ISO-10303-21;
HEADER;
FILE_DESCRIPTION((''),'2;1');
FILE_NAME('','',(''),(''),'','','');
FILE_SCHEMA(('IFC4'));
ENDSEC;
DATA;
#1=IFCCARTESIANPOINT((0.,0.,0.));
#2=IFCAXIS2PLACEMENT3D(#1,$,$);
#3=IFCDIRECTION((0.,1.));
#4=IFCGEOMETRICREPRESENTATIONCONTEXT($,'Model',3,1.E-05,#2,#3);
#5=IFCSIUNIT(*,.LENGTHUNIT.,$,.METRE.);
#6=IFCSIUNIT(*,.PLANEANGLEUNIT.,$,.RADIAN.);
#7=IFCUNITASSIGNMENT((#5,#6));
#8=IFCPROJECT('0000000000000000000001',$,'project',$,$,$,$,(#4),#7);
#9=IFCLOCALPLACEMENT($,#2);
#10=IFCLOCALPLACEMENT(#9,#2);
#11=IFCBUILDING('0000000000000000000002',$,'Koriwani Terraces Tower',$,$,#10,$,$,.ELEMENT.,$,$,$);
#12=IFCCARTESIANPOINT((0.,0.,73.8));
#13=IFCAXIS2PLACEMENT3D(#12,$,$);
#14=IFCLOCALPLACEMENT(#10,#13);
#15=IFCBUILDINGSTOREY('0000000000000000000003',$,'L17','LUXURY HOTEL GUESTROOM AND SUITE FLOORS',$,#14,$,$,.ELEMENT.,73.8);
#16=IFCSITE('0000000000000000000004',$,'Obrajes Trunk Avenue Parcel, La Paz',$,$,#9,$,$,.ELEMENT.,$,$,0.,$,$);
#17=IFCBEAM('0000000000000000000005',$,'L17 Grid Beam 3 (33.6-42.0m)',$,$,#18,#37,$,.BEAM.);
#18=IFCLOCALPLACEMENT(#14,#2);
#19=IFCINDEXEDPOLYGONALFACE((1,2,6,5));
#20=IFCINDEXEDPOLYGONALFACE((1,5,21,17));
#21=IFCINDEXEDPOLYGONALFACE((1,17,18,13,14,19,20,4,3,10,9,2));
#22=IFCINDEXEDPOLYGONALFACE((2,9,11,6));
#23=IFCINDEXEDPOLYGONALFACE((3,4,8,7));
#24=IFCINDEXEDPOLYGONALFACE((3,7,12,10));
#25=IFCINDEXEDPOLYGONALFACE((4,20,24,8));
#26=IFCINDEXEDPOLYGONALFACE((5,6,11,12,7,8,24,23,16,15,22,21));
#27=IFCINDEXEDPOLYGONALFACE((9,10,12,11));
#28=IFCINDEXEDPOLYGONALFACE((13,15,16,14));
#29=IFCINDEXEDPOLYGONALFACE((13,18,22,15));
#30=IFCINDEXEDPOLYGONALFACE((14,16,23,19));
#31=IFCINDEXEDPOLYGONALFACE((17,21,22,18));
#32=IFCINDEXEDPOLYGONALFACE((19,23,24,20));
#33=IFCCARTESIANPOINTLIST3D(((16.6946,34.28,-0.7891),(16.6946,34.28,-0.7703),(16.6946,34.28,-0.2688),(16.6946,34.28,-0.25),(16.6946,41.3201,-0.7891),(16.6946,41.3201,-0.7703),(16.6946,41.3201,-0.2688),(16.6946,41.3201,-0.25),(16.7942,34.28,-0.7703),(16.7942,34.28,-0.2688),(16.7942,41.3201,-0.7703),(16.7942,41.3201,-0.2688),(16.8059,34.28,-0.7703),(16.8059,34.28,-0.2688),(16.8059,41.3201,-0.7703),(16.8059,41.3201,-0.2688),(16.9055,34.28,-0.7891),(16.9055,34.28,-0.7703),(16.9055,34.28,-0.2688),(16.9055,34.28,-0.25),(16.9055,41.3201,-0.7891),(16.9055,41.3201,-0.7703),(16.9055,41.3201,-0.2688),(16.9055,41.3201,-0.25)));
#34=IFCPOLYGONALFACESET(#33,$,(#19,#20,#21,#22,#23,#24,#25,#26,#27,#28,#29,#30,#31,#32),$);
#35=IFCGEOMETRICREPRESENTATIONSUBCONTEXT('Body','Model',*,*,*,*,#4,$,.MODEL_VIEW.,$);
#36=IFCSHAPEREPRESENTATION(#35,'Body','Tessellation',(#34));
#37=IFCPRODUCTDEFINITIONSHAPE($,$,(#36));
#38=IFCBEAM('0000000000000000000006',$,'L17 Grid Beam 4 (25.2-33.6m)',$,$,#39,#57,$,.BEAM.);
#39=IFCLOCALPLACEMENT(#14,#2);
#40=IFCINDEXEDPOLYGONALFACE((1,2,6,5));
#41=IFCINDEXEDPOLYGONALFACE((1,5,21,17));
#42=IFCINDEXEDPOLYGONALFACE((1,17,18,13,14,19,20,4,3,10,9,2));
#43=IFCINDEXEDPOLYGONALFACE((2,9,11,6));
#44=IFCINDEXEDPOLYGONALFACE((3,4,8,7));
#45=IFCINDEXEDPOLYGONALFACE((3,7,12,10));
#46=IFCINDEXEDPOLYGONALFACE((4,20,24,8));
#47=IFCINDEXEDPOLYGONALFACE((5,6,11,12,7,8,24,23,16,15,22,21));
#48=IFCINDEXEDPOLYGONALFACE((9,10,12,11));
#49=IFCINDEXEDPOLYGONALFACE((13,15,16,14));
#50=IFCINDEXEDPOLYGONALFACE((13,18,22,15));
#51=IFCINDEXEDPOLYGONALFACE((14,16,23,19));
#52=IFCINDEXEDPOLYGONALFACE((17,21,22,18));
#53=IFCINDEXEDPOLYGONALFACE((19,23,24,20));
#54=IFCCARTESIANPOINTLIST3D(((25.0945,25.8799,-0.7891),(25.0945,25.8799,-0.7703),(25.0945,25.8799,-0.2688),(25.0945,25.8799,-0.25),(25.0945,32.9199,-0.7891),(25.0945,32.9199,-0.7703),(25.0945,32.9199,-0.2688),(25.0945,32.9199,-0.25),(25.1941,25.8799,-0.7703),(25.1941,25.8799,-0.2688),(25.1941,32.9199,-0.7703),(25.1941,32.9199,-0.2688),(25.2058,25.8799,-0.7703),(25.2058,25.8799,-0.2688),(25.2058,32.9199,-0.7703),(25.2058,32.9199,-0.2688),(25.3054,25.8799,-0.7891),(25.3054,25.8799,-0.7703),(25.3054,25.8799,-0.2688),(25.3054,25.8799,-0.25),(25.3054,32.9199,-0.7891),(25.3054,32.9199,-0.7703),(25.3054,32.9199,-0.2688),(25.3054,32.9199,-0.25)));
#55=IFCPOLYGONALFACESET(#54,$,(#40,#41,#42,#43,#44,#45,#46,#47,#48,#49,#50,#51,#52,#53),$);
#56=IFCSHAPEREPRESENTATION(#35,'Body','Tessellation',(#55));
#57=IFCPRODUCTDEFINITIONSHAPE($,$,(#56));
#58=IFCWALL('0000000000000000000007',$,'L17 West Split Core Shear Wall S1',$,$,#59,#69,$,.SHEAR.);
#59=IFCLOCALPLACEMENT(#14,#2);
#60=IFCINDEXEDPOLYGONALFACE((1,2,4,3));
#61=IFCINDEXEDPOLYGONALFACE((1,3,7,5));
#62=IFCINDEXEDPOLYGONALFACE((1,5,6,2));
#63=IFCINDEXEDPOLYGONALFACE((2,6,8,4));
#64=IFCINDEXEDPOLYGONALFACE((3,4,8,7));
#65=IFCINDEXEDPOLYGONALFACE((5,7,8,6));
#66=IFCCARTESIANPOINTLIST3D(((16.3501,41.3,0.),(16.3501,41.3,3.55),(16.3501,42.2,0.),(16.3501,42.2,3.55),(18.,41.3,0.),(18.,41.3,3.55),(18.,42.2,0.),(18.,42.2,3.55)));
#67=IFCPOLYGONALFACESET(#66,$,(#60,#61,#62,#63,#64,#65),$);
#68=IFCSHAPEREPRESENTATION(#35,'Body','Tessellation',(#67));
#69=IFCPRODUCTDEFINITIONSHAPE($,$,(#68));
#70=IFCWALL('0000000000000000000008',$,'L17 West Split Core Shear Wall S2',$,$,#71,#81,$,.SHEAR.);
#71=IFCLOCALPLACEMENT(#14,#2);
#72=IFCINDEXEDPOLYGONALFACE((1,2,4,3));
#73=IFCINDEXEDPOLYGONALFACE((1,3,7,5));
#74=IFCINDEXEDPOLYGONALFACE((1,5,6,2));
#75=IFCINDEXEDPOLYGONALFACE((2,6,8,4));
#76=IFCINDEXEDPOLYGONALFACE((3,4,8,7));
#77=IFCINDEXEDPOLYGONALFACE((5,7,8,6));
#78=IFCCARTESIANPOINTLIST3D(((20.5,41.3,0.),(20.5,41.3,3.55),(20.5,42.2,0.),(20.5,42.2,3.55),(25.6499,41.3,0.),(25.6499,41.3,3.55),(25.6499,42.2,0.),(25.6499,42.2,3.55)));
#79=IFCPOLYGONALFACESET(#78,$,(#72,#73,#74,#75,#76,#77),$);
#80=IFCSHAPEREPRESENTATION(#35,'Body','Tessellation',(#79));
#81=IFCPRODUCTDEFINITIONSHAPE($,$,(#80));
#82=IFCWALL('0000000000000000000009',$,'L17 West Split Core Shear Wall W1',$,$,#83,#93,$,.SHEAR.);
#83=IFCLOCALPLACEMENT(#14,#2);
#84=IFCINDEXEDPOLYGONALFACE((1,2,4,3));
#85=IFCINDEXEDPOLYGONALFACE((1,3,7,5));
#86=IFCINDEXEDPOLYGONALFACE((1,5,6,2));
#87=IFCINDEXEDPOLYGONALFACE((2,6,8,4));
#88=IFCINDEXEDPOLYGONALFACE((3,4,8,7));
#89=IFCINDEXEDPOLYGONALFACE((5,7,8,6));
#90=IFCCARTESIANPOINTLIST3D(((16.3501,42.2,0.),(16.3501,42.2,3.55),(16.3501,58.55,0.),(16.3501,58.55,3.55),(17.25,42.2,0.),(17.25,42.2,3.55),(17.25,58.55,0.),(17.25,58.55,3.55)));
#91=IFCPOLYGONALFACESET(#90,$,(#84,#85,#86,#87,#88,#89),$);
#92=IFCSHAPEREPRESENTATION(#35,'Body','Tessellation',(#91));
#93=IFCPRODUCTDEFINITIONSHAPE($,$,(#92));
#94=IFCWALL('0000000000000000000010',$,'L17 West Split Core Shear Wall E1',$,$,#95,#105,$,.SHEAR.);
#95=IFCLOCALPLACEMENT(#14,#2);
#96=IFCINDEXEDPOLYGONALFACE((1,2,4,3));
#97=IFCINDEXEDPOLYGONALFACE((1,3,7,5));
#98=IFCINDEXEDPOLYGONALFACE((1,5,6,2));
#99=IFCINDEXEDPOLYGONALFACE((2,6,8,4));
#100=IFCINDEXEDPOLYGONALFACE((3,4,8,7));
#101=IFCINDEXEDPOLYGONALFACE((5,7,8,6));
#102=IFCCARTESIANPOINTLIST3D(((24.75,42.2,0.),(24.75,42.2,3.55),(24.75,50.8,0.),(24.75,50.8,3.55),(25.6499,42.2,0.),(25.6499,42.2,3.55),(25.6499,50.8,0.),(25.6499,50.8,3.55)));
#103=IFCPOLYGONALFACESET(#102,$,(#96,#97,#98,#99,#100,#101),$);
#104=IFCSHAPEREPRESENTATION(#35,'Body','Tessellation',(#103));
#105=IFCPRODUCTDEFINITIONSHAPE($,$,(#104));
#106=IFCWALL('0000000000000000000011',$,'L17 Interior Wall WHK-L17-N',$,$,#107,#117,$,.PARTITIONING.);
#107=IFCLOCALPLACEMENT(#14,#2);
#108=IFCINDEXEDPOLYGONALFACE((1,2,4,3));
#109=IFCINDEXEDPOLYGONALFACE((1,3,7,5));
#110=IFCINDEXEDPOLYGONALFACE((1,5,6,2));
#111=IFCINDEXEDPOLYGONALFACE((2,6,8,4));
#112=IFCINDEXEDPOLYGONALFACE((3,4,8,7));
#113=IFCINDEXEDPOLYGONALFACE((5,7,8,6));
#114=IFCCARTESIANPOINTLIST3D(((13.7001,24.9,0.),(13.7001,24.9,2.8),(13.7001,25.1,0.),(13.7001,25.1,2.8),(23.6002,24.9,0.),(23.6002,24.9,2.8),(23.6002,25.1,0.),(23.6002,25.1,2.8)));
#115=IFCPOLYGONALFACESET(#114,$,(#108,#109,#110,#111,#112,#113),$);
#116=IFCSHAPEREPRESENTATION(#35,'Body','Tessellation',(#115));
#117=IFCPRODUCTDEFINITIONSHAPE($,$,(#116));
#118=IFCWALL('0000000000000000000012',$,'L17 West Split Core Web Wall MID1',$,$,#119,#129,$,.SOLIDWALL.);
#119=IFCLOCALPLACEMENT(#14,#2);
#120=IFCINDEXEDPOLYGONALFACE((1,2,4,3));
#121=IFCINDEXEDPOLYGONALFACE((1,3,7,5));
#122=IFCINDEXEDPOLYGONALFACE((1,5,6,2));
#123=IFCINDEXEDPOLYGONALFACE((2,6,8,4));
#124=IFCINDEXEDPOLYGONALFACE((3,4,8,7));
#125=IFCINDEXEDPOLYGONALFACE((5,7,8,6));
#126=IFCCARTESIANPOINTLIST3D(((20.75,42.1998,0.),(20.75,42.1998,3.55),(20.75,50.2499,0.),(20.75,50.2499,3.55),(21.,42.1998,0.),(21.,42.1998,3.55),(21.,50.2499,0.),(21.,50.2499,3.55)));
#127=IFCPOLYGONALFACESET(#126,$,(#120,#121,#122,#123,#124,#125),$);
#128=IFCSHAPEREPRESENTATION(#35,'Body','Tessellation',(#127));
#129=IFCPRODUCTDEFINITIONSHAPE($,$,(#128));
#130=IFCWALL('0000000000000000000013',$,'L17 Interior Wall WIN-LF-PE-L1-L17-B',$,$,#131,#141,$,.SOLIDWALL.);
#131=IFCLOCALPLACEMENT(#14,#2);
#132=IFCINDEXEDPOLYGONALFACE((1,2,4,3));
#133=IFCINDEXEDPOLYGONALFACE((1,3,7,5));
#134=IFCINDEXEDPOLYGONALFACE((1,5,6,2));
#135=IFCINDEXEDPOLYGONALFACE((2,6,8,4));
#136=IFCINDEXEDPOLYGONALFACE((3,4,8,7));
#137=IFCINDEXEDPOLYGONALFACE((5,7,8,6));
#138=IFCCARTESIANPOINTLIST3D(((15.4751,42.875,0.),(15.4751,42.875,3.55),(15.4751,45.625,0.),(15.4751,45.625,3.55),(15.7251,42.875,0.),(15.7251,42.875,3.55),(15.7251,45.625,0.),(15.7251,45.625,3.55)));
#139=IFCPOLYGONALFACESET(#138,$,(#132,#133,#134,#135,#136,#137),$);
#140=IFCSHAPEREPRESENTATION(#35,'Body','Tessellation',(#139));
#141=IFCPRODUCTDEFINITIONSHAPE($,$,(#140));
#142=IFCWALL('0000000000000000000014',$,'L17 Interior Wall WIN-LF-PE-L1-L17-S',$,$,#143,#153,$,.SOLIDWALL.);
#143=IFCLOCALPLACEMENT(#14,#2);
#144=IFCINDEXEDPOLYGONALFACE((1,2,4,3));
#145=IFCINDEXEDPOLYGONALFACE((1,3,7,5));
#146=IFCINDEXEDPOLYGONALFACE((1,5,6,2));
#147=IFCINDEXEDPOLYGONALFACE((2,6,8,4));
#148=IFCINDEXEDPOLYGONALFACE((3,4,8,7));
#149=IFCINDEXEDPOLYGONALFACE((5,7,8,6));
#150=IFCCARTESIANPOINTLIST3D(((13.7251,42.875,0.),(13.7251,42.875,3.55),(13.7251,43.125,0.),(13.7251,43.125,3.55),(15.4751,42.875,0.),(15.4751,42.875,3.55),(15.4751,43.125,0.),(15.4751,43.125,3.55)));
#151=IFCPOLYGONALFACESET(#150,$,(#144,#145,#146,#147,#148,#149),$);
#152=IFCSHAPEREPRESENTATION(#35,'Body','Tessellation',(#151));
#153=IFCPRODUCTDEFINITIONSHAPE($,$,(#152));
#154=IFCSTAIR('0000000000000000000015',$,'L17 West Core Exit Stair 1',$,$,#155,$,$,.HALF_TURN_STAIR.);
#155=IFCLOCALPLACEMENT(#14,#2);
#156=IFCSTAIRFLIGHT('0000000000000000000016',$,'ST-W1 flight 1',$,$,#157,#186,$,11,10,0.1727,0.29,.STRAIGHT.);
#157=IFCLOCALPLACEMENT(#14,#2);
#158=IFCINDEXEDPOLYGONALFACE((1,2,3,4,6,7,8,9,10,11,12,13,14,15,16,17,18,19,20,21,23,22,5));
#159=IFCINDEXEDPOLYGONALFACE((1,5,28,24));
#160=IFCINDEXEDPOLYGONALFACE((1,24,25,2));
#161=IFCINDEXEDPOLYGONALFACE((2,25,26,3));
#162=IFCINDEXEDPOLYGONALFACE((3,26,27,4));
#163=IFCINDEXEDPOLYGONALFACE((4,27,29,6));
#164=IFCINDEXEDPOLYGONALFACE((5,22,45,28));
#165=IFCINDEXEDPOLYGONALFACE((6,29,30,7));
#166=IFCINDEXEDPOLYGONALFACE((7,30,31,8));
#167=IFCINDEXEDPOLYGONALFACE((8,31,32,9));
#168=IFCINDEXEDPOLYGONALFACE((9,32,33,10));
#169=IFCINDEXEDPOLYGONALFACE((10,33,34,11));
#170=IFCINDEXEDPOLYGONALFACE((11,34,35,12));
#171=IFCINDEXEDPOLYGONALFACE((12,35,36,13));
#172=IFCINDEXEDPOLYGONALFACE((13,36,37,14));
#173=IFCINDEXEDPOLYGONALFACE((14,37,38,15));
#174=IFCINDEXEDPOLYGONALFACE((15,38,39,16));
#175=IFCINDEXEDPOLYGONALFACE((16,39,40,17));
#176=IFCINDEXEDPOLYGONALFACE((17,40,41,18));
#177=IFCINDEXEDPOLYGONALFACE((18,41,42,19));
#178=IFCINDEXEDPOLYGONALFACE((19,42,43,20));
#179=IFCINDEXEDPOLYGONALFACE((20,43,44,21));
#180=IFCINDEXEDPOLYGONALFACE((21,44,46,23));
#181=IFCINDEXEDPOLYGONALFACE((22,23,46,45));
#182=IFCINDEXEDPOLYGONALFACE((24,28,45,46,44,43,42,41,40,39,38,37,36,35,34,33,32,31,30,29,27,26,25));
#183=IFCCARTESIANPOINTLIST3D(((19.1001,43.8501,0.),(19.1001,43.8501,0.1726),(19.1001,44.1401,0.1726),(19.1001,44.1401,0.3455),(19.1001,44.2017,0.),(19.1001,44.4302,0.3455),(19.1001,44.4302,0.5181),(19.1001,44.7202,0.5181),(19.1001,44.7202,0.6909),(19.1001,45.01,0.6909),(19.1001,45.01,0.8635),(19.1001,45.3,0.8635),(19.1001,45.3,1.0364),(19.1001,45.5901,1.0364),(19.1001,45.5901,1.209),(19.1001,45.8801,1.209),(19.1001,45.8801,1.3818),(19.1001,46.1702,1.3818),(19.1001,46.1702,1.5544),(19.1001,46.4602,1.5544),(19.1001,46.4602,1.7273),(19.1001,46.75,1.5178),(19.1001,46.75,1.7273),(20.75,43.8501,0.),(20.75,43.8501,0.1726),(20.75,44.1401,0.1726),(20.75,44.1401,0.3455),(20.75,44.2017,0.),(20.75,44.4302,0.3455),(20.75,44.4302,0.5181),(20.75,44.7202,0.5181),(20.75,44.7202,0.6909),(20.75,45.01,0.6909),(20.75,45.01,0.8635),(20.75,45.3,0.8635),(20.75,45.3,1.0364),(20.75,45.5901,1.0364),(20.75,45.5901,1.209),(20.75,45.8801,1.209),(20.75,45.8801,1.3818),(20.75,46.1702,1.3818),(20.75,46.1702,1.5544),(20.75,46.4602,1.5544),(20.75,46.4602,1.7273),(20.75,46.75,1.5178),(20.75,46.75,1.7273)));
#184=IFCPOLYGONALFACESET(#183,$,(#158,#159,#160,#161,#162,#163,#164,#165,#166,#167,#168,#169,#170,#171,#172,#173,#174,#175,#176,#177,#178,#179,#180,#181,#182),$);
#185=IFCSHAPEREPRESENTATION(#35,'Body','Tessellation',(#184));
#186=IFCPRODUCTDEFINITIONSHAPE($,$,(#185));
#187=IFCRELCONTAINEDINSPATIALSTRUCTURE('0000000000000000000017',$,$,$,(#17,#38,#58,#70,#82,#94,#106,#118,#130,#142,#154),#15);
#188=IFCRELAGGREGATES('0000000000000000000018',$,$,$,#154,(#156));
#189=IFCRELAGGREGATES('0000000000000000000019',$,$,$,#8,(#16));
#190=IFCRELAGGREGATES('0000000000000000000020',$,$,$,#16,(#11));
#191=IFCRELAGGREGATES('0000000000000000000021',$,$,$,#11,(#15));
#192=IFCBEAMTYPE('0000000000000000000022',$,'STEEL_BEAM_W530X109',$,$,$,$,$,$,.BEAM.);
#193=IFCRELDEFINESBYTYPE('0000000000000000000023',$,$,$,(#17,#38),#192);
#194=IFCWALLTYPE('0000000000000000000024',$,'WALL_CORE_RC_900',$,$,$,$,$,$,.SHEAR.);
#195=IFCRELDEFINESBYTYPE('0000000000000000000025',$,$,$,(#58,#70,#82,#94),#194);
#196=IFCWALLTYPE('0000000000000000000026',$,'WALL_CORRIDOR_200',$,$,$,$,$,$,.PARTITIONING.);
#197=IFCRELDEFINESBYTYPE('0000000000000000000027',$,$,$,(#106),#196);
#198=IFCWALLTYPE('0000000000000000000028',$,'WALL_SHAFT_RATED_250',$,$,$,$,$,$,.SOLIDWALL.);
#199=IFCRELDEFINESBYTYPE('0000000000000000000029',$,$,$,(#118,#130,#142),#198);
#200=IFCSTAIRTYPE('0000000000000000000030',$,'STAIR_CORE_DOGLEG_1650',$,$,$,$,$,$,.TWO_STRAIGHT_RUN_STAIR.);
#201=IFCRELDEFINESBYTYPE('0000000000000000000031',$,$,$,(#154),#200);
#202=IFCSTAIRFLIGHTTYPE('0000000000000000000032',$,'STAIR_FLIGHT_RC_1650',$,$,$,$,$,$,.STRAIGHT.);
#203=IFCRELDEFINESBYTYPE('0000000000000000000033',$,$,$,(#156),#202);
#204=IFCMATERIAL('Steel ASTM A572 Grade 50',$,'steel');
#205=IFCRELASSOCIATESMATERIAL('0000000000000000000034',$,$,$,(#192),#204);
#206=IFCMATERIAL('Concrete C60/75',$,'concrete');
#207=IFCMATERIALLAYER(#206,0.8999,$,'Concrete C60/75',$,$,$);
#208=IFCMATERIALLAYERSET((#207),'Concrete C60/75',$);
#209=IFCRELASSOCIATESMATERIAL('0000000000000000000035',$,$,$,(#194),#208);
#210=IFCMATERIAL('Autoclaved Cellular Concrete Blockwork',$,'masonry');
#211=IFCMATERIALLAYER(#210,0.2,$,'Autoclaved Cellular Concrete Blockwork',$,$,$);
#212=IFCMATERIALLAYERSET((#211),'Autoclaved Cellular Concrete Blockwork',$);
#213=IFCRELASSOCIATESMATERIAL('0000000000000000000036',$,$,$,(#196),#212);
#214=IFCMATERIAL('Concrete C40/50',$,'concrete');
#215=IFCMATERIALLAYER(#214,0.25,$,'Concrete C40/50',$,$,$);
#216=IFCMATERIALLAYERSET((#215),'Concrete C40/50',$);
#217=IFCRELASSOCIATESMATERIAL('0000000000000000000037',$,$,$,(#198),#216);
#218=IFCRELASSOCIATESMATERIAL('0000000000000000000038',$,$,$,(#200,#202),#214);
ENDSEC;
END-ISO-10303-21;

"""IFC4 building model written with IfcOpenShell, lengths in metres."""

from ifc_helpers import new_model, si_unit, direction, frame, frame_2d, origin, origin_2d, place, context, subcontext, project, spatial, polyline, rectangle, i_section, outline, extrude, material, layer, layer_set, material_profile, profile_set, type_object, element, aggregate, save


model = new_model("IFC4")

# Units and contexts
model_context = context("Model", 3, precision=1e-05, world=origin(), true_north=direction((0.0, 1.0)))
body_context = subcontext(model_context, "Body", "Model", "MODEL_VIEW")
ifc_project = project(units=[si_unit("LENGTHUNIT", "METRE"), si_unit("PLANEANGLEUNIT", "RADIAN")], contexts=[model_context])

# Site, building, storey
site_placement = place(None, origin())
site = spatial("IfcSite", under=ifc_project, at=site_placement, Name="Obrajes Trunk Avenue Parcel, La Paz", CompositionType="ELEMENT", RefElevation=0.0)
building_placement = place(site_placement, origin())
building = spatial("IfcBuilding", under=site, at=building_placement, Name="Koriwani Terraces Tower", CompositionType="ELEMENT")
storey_placement = place(building_placement, frame((0.0, 0.0, 73.8)))
storey = spatial("IfcBuildingStorey", under=building, at=storey_placement, Name="L17", Description="LUXURY HOTEL GUESTROOM AND SUITE FLOORS", CompositionType="ELEMENT", Elevation=73.8)

# Shared definitions
ifc_material_1 = material(Name="Concrete C60/75", Category="concrete")

# Beams
ifc_material_2 = material(Name="Concrete C40/50", Category="concrete")
ifc_material_3 = material(Name="Steel ASTM A572 Grade 50", Category="steel")
ifc_material_profile_1 = material_profile(ifc_material_3, i_section(OverallWidth=0.2109, OverallDepth=0.5391, WebThickness=0.0117, FlangeThickness=0.0188, at=origin_2d()), Name="Steel ASTM A572 Grade 50", Category="LoadBearing")
ifc_profile_set_1 = profile_set([ifc_material_profile_1], Name="Steel ASTM A572 Grade 50")
beam_type_1 = type_object("IfcBeamType", Name="STEEL_BEAM_W530X109", PredefinedType="BEAM", material=ifc_profile_set_1)
for number, where, z_axis, x_axis, name in (
    (1, (16.8, 34.28, -0.5195), (0.0, 1.0, 0.0), (-1.0, 0.0, 0.0), "L17 Grid Beam 3 (33.6-42.0m)"),
    (2, (25.2, 25.8799, -0.5195), (0.0, 1.0, 0.0), (-1.0, 0.0, 0.0), "L17 Grid Beam 4 (25.2-33.6m)"),
):
    element("IfcBeam", number, at=place(storey_placement, frame(where, z_axis=z_axis, x_axis=x_axis)), inside=storey, type_object=beam_type_1, Name=name, PredefinedType="BEAM", context=body_context, shape_type="SweptSolid", body=[
        extrude(i_section(OverallWidth=0.2109, OverallDepth=0.5391, WebThickness=0.0117, FlangeThickness=0.0188, at=origin_2d()), origin(), (0.0, 0.0, 1.0), 7.04),
    ])

# Walls
ifc_layer_1 = layer(ifc_material_1, 0.8999, Name="Concrete C60/75")
ifc_layer_set_1 = layer_set([ifc_layer_1], Name="Concrete C60/75")
wall_type_1 = type_object("IfcWallType", Name="WALL_CORE_RC_900", PredefinedType="SHEAR", material=ifc_layer_set_1)
wall_1_placement = place(storey_placement, frame((16.3501, 41.75, 0.0), z_axis=(0.0, 0.0, 1.0), x_axis=(1.0, 0.0, 0.0)))
element("IfcWall", 3, at=wall_1_placement, inside=storey, type_object=wall_type_1, Name="L17 West Split Core Shear Wall S1", PredefinedType="SHEAR", context=body_context, shape_type="SweptSolid", body=[
    extrude(rectangle(XDim=1.6499, YDim=0.8999, at=frame_2d((0.825, 0.0))), origin(), (0.0, 0.0, 1.0), 3.55),
])
wall_2_placement = place(storey_placement, frame((20.5, 41.75, 0.0), z_axis=(0.0, 0.0, 1.0), x_axis=(1.0, 0.0, 0.0)))
element("IfcWall", 4, at=wall_2_placement, inside=storey, type_object=wall_type_1, Name="L17 West Split Core Shear Wall S2", PredefinedType="SHEAR", context=body_context, shape_type="SweptSolid", body=[
    extrude(rectangle(XDim=5.1499, YDim=0.8999, at=frame_2d((2.575, 0.0))), origin(), (0.0, 0.0, 1.0), 3.55),
])
wall_3_placement = place(storey_placement, frame((16.8, 42.2, 0.0), z_axis=(0.0, 0.0, 1.0), x_axis=(0.0, 1.0, 0.0)))
element("IfcWall", 5, at=wall_3_placement, inside=storey, type_object=wall_type_1, Name="L17 West Split Core Shear Wall W1", PredefinedType="SHEAR", context=body_context, shape_type="SweptSolid", body=[
    extrude(rectangle(XDim=16.3501, YDim=0.8999, at=frame_2d((8.175, 0.0))), origin(), (0.0, 0.0, 1.0), 3.55),
])
wall_4_placement = place(storey_placement, frame((25.2, 42.2, 0.0), z_axis=(0.0, 0.0, 1.0), x_axis=(0.0, 1.0, 0.0)))
element("IfcWall", 6, at=wall_4_placement, inside=storey, type_object=wall_type_1, Name="L17 West Split Core Shear Wall E1", PredefinedType="SHEAR", context=body_context, shape_type="SweptSolid", body=[
    extrude(rectangle(XDim=8.6001, YDim=0.8999, at=frame_2d((4.3, 0.0))), origin(), (0.0, 0.0, 1.0), 3.55),
])
ifc_material_4 = material(Name="Autoclaved Cellular Concrete Blockwork", Category="masonry")
ifc_layer_2 = layer(ifc_material_4, 0.2, Name="Autoclaved Cellular Concrete Blockwork")
ifc_layer_set_2 = layer_set([ifc_layer_2], Name="Autoclaved Cellular Concrete Blockwork")
wall_type_2 = type_object("IfcWallType", Name="WALL_CORRIDOR_200", PredefinedType="PARTITIONING", material=ifc_layer_set_2)
wall_5_placement = place(storey_placement, frame((13.7, 25.0, 0.0), z_axis=(0.0, 0.0, 1.0), x_axis=(1.0, 0.0, 0.0)))
element("IfcWall", 7, at=wall_5_placement, inside=storey, type_object=wall_type_2, Name="L17 Interior Wall WHK-L17-N", PredefinedType="PARTITIONING", context=body_context, shape_type="SweptSolid", body=[
    extrude(rectangle(XDim=9.9001, YDim=0.2, at=frame_2d((4.9502, 0.0))), origin(), (0.0, 0.0, 1.0), 2.8),
])
ifc_layer_3 = layer(ifc_material_2, 0.25, Name="Concrete C40/50")
ifc_layer_set_3 = layer_set([ifc_layer_3], Name="Concrete C40/50")
wall_type_3 = type_object("IfcWallType", Name="WALL_SHAFT_RATED_250", PredefinedType="SOLIDWALL", material=ifc_layer_set_3)
wall_6_placement = place(storey_placement, frame((20.875, 42.2, 0.0), z_axis=(0.0, 0.0, 1.0), x_axis=(0.0, 1.0, 0.0)))
element("IfcWall", 8, at=wall_6_placement, inside=storey, type_object=wall_type_3, Name="L17 West Split Core Web Wall MID1", PredefinedType="SOLIDWALL", context=body_context, shape_type="SweptSolid", body=[
    extrude(rectangle(XDim=8.05, YDim=0.25, at=frame_2d((4.0249, 0.0))), origin(), (0.0, 0.0, 1.0), 3.55),
])

# Walls
wall_7_placement = place(storey_placement, frame((15.6001, 42.875, 0.0), z_axis=(0.0, 0.0, 1.0), x_axis=(0.0, 1.0, 0.0)))
element("IfcWall", 9, at=wall_7_placement, inside=storey, type_object=wall_type_3, Name="L17 Interior Wall WIN-LF-PE-L1-L17-B", PredefinedType="SOLIDWALL", context=body_context, shape_type="SweptSolid", body=[
    extrude(rectangle(XDim=2.75, YDim=0.25, at=frame_2d((1.375, 0.0))), origin(), (0.0, 0.0, 1.0), 3.55),
])
wall_8_placement = place(storey_placement, frame((13.7251, 43.0, 0.0), z_axis=(0.0, 0.0, 1.0), x_axis=(1.0, 0.0, 0.0)))
element("IfcWall", 10, at=wall_8_placement, inside=storey, type_object=wall_type_3, Name="L17 Interior Wall WIN-LF-PE-L1-L17-S", PredefinedType="SOLIDWALL", context=body_context, shape_type="SweptSolid", body=[
    extrude(rectangle(XDim=1.75, YDim=0.25, at=frame_2d((0.875, 0.0))), origin(), (0.0, 0.0, 1.0), 3.55),
])

# Stair, stair flight
stair_type = type_object("IfcStairType", Name="STAIR_CORE_DOGLEG_1650", PredefinedType="TWO_STRAIGHT_RUN_STAIR", material=ifc_material_2)
stair_placement = place(storey_placement, origin())
stair = element("IfcStair", 11, at=stair_placement, inside=storey, type_object=stair_type, Name="L17 West Core Exit Stair 1", PredefinedType="HALF_TURN_STAIR")
stair_flight_type = type_object("IfcStairFlightType", Name="STAIR_FLIGHT_RC_1650", PredefinedType="STRAIGHT", material=ifc_material_2)
stair_flight_placement = place(storey_placement, frame((19.925, 43.8501, 0.0), z_axis=(0.0, 0.0, 1.0), x_axis=(0.0, 1.0, 0.0)))
stair_flight = element("IfcStairFlight", 12, at=stair_flight_placement, type_object=stair_flight_type, Name="ST-W1 flight 1", NumberOfRisers=11, NumberOfTreads=10, PredefinedType="STRAIGHT", RiserHeight=0.1727, TreadLength=0.29, context=body_context, shape_type="SweptSolid", body=[
    extrude(outline(polyline([(0.0, 0.0), (0.0, 0.1726), (0.29, 0.1726), (0.29, 0.3455), (0.5801, 0.3455), (0.5801, 0.5181), (0.8701, 0.5181), (0.8701, 0.6909), (1.1599, 0.6909), (1.1599, 0.8635), (1.45, 0.8635), (1.45, 1.0364), (1.74, 1.0364), (1.74, 1.209), (2.03, 1.209), (2.03, 1.3818), (2.3201, 1.3818), (2.3201, 1.5544), (2.6101, 1.5544), (2.6101, 1.7273), (2.8999, 1.7273), (2.8999, 1.8999), (2.8999, 1.5178), (0.3516, 0.0), (0.0, 0.0)])), frame((0.0, 0.825, 0.0), z_axis=(0.0, -1.0, 0.0), x_axis=(1.0, 0.0, 0.0)), (0.0, 0.0, 1.0), 1.6499),
])
aggregate(stair, [stair_flight])

save(model, "model.ifc")
